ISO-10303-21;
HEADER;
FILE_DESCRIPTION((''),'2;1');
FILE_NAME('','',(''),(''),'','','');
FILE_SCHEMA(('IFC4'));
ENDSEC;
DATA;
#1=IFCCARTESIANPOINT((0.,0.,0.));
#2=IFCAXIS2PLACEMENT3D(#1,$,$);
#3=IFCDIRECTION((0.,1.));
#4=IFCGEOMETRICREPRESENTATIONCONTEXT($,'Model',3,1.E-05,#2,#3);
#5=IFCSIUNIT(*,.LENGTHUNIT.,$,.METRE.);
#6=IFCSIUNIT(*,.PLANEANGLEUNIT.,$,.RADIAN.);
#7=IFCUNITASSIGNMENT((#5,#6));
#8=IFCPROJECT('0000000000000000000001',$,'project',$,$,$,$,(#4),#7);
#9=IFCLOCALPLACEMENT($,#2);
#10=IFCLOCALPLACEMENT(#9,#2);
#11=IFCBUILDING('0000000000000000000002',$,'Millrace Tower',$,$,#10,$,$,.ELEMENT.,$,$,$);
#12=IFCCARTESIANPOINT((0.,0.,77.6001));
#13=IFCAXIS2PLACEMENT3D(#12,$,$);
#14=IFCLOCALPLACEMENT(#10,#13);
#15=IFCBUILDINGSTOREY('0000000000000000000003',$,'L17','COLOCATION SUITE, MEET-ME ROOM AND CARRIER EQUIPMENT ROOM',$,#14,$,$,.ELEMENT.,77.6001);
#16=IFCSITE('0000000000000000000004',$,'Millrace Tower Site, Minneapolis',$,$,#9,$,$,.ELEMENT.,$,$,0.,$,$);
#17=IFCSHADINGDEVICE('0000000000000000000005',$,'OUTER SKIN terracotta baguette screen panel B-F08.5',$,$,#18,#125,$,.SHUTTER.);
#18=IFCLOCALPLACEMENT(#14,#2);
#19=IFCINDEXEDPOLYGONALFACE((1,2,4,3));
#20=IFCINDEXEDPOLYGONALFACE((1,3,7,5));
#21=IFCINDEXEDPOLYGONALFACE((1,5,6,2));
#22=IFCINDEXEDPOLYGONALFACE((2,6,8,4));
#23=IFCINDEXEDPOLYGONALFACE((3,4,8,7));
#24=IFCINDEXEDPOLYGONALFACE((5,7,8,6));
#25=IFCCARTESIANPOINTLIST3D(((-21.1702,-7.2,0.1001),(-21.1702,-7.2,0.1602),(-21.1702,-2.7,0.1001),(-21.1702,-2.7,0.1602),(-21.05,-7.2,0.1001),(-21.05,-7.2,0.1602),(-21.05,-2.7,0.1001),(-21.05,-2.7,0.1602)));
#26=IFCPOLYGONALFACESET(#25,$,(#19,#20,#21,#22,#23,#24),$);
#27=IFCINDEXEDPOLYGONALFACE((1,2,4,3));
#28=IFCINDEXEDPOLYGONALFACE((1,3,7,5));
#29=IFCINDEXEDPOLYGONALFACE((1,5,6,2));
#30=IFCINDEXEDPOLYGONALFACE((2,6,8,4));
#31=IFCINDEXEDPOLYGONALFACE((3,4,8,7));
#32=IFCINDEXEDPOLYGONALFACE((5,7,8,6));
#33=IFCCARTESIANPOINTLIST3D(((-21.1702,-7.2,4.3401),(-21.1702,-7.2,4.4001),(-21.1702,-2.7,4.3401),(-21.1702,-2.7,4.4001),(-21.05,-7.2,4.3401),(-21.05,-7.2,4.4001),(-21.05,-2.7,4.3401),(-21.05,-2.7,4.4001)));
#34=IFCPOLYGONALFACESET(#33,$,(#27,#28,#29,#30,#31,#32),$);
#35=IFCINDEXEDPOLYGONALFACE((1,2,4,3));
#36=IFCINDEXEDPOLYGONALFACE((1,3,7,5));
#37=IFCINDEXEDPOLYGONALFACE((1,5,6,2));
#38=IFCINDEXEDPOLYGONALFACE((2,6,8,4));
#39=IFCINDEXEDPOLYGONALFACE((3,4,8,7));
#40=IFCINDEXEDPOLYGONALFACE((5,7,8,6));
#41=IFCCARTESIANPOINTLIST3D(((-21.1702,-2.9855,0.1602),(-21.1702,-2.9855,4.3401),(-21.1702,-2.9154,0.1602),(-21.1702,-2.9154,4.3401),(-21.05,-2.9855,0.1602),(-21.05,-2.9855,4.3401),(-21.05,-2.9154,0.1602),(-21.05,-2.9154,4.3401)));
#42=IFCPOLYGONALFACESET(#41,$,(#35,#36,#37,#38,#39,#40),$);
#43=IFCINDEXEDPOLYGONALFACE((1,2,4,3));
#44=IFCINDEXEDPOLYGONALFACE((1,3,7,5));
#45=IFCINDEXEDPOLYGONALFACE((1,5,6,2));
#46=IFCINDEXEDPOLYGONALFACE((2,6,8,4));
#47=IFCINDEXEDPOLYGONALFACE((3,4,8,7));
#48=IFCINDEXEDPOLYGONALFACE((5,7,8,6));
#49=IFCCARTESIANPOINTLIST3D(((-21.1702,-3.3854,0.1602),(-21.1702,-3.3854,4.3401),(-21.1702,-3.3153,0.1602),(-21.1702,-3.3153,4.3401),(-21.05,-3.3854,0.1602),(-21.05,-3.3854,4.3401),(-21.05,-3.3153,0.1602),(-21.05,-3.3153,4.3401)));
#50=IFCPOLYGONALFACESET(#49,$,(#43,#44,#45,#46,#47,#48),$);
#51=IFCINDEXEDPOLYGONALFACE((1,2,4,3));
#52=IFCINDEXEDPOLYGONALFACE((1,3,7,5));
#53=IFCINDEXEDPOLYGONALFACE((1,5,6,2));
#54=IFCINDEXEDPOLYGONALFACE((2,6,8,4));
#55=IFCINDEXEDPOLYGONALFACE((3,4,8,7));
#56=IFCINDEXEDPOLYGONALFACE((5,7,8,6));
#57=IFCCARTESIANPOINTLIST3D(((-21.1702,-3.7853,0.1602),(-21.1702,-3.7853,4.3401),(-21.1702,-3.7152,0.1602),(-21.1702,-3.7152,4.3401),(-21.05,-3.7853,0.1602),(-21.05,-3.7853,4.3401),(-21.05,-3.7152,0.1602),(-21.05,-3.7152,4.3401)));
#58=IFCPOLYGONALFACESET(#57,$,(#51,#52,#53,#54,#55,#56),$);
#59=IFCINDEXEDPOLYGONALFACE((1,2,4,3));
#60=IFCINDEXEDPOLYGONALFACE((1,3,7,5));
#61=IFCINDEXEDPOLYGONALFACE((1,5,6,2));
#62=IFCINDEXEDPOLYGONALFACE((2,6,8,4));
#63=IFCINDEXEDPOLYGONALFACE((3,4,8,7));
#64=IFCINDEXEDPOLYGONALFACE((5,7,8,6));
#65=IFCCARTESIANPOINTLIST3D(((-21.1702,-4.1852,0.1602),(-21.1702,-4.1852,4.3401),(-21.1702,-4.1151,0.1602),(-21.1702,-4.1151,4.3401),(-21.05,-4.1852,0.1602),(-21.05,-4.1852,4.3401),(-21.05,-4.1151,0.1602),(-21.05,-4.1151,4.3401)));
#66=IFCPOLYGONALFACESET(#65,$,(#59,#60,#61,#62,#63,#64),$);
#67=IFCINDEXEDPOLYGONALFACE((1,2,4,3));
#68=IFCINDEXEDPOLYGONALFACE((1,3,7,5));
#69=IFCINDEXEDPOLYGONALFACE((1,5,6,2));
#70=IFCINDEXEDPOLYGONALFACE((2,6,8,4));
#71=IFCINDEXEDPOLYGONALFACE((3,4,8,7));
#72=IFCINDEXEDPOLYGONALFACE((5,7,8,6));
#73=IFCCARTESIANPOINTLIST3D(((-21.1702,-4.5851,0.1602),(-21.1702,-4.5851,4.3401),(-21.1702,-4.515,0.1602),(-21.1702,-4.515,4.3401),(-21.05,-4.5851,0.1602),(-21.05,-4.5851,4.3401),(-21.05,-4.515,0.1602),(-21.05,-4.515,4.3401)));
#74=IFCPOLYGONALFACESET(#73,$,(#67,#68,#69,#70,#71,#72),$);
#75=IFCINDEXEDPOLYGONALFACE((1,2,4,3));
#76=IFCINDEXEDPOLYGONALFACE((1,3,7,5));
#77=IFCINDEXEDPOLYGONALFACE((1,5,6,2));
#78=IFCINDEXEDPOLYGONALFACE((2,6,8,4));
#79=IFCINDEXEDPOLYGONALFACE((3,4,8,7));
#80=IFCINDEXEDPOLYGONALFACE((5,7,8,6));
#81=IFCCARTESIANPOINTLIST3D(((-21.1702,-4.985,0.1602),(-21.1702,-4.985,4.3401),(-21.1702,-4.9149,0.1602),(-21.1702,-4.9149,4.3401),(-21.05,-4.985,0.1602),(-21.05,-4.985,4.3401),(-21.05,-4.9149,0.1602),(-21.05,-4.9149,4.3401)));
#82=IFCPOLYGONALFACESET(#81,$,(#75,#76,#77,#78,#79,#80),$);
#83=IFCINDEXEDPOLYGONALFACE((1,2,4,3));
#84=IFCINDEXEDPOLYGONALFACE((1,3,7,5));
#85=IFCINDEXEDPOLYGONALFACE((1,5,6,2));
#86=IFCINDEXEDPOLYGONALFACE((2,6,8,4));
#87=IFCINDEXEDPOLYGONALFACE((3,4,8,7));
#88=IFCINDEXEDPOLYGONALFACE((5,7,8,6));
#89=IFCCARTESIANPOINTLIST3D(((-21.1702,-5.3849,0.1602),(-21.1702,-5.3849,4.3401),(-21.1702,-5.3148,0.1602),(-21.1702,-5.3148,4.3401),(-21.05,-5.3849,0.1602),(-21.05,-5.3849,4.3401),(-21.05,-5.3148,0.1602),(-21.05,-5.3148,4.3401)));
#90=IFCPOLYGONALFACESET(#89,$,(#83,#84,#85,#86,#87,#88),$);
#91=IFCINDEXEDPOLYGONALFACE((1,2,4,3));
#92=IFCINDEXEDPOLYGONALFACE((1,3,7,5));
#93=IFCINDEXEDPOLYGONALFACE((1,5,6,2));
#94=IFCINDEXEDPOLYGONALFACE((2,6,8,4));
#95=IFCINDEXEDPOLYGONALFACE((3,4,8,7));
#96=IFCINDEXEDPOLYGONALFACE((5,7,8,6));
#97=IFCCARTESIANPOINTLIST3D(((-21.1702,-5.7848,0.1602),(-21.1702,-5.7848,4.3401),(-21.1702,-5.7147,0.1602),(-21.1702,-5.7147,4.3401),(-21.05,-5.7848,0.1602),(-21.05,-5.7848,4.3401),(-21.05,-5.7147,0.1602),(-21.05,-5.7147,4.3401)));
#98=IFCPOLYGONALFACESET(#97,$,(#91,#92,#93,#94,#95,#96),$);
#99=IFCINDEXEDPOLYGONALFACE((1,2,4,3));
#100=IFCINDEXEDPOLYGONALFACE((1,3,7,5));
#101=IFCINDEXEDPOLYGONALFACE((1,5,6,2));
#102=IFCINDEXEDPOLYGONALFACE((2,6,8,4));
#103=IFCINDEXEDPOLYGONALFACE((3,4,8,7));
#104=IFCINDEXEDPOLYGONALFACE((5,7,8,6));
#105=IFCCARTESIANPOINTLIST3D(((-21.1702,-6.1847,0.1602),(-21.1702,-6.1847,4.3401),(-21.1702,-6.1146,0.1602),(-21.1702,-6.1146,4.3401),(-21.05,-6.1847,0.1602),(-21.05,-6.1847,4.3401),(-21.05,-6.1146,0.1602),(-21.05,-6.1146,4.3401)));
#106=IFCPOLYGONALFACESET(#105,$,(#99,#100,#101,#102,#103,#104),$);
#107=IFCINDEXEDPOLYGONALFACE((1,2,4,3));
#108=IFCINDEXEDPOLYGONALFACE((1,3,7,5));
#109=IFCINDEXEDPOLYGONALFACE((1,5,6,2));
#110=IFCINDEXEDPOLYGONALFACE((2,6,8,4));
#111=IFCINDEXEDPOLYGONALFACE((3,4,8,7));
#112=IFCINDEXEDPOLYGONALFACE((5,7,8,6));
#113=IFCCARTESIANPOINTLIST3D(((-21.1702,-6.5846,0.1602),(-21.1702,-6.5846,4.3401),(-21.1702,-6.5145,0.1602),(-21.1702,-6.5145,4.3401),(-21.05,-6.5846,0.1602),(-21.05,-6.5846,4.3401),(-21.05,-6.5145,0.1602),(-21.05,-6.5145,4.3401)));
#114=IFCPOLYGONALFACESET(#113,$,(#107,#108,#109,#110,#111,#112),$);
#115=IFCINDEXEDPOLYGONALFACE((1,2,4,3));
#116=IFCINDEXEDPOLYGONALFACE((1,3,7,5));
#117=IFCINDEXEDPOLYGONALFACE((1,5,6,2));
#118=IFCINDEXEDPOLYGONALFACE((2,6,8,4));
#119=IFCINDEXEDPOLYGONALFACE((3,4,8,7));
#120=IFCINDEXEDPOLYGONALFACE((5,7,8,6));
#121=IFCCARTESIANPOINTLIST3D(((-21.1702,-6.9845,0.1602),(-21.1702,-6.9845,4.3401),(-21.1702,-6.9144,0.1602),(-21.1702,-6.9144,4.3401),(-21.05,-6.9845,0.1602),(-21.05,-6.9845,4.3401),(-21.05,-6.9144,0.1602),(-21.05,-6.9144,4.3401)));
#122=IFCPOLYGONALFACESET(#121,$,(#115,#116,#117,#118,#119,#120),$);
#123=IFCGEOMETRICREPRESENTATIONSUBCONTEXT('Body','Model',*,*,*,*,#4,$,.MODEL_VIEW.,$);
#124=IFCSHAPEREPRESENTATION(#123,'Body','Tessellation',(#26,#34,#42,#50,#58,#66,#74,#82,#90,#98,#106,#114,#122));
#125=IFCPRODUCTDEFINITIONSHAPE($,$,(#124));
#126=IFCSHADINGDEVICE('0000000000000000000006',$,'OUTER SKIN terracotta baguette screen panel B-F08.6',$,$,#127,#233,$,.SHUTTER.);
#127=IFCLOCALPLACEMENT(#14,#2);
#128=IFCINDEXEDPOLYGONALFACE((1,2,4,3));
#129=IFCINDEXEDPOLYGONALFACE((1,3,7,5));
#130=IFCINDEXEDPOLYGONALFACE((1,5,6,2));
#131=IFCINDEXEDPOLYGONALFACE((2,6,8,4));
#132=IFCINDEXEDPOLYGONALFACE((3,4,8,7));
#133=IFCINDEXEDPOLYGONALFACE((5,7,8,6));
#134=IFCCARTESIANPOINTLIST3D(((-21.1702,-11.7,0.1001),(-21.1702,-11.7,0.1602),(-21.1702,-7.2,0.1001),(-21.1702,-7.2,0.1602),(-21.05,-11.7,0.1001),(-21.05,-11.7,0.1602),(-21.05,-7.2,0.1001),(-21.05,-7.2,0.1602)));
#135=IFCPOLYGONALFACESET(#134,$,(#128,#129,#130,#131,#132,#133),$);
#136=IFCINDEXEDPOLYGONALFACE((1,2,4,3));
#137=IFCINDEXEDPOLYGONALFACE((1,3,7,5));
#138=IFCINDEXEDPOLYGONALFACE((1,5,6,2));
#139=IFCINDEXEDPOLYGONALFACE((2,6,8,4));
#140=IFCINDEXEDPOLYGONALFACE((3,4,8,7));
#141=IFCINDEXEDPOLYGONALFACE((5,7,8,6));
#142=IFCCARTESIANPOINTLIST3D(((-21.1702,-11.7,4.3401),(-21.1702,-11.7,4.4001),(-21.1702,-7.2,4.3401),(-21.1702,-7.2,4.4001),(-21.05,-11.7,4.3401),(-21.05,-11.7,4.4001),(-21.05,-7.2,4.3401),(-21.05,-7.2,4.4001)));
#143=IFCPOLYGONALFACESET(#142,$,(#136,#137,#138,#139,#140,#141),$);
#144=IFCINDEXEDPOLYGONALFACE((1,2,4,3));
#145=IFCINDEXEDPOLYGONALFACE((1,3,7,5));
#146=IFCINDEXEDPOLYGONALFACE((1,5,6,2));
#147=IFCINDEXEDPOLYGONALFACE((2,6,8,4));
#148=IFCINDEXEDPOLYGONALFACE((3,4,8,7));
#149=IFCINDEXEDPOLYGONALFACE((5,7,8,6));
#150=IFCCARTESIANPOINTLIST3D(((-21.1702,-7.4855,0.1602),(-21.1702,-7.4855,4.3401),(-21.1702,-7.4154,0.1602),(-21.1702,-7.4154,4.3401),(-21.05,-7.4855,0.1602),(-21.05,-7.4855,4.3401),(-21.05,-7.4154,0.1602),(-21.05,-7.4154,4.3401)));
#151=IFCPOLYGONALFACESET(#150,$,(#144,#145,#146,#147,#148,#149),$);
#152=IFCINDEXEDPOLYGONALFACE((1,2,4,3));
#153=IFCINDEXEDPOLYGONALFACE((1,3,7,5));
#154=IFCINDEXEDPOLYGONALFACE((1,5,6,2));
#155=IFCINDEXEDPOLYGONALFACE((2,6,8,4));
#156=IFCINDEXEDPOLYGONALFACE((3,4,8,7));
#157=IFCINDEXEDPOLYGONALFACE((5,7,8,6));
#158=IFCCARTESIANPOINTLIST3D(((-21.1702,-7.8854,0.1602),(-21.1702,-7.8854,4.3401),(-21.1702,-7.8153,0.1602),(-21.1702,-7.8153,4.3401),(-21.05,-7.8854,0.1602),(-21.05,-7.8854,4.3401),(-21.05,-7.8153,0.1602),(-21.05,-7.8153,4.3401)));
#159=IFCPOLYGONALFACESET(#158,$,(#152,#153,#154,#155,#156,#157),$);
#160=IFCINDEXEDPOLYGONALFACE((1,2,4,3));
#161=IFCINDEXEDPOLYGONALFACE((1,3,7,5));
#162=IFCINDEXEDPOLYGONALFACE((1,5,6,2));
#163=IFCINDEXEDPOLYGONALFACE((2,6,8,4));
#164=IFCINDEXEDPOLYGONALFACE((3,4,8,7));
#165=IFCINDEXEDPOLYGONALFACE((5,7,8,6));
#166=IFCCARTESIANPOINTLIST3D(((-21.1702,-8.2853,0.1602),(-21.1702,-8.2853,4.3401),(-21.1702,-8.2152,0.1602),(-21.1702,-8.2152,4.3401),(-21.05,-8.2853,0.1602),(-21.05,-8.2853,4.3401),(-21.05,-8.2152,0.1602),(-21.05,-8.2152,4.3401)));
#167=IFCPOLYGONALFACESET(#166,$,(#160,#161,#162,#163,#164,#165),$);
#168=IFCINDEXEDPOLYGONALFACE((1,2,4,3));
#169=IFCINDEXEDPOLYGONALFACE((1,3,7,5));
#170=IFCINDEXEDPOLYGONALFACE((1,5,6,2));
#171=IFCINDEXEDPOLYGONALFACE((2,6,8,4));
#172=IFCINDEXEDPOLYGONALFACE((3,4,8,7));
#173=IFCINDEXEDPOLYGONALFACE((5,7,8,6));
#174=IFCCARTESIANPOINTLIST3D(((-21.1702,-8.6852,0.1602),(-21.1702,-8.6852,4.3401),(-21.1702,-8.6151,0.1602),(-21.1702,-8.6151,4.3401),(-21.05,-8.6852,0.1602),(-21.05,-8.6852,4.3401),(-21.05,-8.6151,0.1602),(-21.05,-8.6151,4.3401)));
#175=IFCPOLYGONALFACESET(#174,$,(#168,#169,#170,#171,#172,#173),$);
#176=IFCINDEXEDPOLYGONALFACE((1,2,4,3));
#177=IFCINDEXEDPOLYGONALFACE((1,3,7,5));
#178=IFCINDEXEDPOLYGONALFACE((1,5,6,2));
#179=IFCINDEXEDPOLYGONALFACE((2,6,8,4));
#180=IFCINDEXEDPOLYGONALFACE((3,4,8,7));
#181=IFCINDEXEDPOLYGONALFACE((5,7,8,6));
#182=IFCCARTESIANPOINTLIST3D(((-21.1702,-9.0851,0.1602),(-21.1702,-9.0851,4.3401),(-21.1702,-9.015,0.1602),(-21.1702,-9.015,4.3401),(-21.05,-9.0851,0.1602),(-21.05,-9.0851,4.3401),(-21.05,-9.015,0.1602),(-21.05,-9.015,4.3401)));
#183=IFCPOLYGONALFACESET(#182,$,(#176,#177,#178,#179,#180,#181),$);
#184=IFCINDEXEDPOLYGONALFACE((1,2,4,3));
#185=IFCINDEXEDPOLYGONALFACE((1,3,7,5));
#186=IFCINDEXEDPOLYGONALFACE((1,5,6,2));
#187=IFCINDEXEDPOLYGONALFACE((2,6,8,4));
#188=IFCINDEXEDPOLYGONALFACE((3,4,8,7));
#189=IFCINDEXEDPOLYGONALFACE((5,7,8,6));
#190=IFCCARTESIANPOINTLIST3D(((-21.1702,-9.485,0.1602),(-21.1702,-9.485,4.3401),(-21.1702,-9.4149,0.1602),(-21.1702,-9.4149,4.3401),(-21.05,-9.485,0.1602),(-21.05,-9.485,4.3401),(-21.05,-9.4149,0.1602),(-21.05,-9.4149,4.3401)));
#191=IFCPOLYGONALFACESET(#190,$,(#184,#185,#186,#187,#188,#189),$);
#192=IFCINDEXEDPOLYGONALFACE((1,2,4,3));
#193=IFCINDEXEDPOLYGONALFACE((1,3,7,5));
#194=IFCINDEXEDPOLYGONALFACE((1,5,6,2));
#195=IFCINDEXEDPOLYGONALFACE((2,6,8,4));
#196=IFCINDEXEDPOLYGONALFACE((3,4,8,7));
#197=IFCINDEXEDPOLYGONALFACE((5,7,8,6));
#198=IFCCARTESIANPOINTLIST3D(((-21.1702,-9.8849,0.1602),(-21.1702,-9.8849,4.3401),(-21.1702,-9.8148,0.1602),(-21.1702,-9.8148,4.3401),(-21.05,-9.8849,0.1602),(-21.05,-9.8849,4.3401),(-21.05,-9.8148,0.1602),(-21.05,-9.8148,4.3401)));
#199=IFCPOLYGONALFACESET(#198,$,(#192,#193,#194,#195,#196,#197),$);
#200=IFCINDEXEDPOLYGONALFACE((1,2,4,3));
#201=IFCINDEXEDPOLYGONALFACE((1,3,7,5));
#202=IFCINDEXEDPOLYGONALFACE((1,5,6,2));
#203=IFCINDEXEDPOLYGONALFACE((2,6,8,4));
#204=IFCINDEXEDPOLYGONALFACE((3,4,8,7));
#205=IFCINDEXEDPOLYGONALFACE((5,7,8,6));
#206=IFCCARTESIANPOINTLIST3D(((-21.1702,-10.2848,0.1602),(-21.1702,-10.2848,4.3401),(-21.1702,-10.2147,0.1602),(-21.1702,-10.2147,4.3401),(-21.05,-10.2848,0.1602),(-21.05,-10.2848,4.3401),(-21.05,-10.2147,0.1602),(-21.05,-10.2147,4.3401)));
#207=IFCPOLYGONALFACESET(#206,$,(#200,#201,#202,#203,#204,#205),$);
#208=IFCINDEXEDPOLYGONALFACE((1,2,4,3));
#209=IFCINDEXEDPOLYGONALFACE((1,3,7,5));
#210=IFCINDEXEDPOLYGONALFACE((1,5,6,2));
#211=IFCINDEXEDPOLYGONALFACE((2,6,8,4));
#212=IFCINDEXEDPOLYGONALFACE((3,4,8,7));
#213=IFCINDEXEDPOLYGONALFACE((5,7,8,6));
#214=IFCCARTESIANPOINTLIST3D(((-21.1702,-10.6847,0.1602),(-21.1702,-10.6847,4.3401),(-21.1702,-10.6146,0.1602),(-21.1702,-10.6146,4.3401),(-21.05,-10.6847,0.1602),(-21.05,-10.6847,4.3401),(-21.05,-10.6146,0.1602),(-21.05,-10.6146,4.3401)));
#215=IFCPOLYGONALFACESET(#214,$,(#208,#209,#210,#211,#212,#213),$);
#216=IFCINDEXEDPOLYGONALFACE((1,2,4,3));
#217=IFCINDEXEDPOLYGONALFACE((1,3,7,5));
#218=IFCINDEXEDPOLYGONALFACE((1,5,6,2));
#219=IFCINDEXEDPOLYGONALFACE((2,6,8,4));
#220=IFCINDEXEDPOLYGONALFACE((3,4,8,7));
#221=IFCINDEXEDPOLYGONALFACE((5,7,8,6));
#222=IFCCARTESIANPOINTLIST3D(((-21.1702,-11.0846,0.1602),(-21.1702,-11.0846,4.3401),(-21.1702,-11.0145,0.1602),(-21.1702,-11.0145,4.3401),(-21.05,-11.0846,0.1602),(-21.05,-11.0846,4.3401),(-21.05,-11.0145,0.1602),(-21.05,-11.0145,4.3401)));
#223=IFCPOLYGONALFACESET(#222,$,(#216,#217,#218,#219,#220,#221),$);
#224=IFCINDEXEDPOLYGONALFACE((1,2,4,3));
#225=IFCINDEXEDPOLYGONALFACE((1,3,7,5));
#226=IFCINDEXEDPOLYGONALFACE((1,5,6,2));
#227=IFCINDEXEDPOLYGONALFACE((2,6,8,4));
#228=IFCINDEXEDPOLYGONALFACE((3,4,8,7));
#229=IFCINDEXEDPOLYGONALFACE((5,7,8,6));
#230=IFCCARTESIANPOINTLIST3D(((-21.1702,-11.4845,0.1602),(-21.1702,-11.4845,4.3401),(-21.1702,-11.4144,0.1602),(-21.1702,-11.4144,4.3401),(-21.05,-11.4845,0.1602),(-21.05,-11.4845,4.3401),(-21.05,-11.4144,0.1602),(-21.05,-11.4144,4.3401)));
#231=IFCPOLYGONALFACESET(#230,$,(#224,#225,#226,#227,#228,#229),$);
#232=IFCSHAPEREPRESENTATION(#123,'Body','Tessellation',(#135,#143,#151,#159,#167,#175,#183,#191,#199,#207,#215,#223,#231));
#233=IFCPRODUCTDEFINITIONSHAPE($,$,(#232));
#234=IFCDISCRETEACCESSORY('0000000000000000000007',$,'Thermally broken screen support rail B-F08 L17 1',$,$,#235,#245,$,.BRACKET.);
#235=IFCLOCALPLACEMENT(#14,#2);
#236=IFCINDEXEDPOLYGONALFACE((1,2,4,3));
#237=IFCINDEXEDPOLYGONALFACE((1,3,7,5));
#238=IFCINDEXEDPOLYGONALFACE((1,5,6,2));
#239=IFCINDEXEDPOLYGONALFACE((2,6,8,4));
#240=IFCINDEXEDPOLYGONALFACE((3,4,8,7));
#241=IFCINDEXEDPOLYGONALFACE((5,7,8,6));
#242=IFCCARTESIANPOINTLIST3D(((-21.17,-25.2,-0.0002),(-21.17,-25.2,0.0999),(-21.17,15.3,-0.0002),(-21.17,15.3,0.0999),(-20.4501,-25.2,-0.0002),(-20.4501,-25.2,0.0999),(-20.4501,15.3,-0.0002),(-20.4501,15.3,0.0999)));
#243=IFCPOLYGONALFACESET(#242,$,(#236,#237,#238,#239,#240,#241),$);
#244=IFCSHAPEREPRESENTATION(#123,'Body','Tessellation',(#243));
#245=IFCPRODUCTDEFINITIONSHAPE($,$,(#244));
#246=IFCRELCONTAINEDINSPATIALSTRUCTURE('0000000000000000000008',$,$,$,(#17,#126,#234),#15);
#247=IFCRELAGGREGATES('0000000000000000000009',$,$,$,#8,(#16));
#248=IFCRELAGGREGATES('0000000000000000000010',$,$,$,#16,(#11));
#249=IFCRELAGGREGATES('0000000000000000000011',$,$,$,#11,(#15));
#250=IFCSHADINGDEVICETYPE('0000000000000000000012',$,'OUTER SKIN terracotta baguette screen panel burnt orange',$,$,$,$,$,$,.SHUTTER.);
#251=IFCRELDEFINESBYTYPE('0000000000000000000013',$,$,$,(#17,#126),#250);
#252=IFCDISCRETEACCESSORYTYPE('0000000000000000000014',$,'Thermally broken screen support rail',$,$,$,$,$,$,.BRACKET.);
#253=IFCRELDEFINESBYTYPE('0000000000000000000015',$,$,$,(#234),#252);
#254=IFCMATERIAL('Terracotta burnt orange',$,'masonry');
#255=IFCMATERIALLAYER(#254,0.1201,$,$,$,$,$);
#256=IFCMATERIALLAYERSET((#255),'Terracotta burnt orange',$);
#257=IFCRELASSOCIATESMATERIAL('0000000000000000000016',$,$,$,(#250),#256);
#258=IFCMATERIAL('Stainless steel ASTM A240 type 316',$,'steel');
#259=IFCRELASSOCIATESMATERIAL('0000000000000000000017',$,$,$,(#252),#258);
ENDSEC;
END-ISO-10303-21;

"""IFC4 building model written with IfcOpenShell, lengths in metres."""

from ifc_helpers import new_model, entity, si_unit, direction, frame, frame_2d, origin, origin_2d, place, context, subcontext, project, spatial, rectangle, extrude, source, transform, mapped, material, layer, layer_set, type_object, element, save


model = new_model("IFC4")

# Units and contexts
model_context = context("Model", 3, precision=1e-05, world=origin(), true_north=direction((0.0, 1.0)))
body_context = subcontext(model_context, "Body", "Model", "MODEL_VIEW")
ifc_project = project(units=[si_unit("LENGTHUNIT", "METRE"), si_unit("PLANEANGLEUNIT", "RADIAN")], contexts=[model_context])

# Site, building, storey
site_placement = place(None, origin())
site = spatial("IfcSite", under=ifc_project, at=site_placement, Name="Millrace Tower Site, Minneapolis", CompositionType="ELEMENT", RefElevation=0.0)
building_placement = place(site_placement, origin())
building = spatial("IfcBuilding", under=site, at=building_placement, Name="Millrace Tower", CompositionType="ELEMENT")
storey_placement = place(building_placement, frame((0.0, 0.0, 77.6001)))
storey = spatial("IfcBuildingStorey", under=building, at=storey_placement, Name="L17", Description="COLOCATION SUITE, MEET-ME ROOM AND CARRIER EQUIPMENT ROOM", CompositionType="ELEMENT", Elevation=77.6001)

# Shading devices
ifc_material_1 = material(Name="Terracotta burnt orange", Category="masonry")
ifc_layer_1 = layer(ifc_material_1, 0.1201)
ifc_layer_set_1 = layer_set([ifc_layer_1], Name="Terracotta burnt orange")
shading_device_type = type_object("IfcShadingDeviceType", Name="OUTER SKIN terracotta baguette screen panel burnt orange", PredefinedType="SHUTTER", material=ifc_layer_set_1)
cartesian_point = entity("IfcCartesianPoint", [-2.25, 0.0601])
shared_polyline = entity("IfcPolyline", [cartesian_point, entity("IfcCartesianPoint", [2.25, 0.0601]), entity("IfcCartesianPoint", [2.25, -0.0601]), entity("IfcCartesianPoint", [-2.25, -0.0601]), cartesian_point])
shared_shape = source(origin(), body_context, "Body", "SweptSolid", [
    entity("IfcExtrudedAreaSolid", entity("IfcArbitraryClosedProfileDef", "AREA", None, shared_polyline), entity("IfcAxis2Placement3D", entity("IfcCartesianPoint", [0.0, 0.0, 0.0])), entity("IfcDirection", [0.0, 0.0, 1.0]), 0.0601),
    entity("IfcExtrudedAreaSolid", entity("IfcArbitraryClosedProfileDef", "AREA", None, shared_polyline), entity("IfcAxis2Placement3D", entity("IfcCartesianPoint", [0.0, 0.0, 4.24])), entity("IfcDirection", [0.0, 0.0, 1.0]), 0.0601),
    extrude(rectangle(XDim=0.0701, YDim=0.1201, at=frame_2d((-1.9995, 0.0))), frame((0.0, 0.0, 0.0601)), (0.0, 0.0, 1.0), 4.1799),
    extrude(rectangle(XDim=0.0701, YDim=0.1201, at=frame_2d((-1.5996, 0.0))), frame((0.0, 0.0, 0.0601)), (0.0, 0.0, 1.0), 4.1799),
    extrude(rectangle(XDim=0.0701, YDim=0.1201, at=frame_2d((-1.1997, 0.0))), frame((0.0, 0.0, 0.0601)), (0.0, 0.0, 1.0), 4.1799),
    extrude(rectangle(XDim=0.0701, YDim=0.1201, at=frame_2d((-0.7998, 0.0))), frame((0.0, 0.0, 0.0601)), (0.0, 0.0, 1.0), 4.1799),
    extrude(rectangle(XDim=0.0701, YDim=0.1201, at=frame_2d((-0.3999, 0.0))), frame((0.0, 0.0, 0.0601)), (0.0, 0.0, 1.0), 4.1799),
    extrude(rectangle(XDim=0.0701, YDim=0.1201, at=origin_2d()), frame((0.0, 0.0, 0.0601)), (0.0, 0.0, 1.0), 4.1799),
    extrude(rectangle(XDim=0.0701, YDim=0.1201, at=frame_2d((0.3999, 0.0))), frame((0.0, 0.0, 0.0601)), (0.0, 0.0, 1.0), 4.1799),
    extrude(rectangle(XDim=0.0701, YDim=0.1201, at=frame_2d((0.7998, 0.0))), frame((0.0, 0.0, 0.0601)), (0.0, 0.0, 1.0), 4.1799),
    extrude(rectangle(XDim=0.0701, YDim=0.1201, at=frame_2d((1.1997, 0.0))), frame((0.0, 0.0, 0.0601)), (0.0, 0.0, 1.0), 4.1799),
    extrude(rectangle(XDim=0.0701, YDim=0.1201, at=frame_2d((1.5996, 0.0))), frame((0.0, 0.0, 0.0601)), (0.0, 0.0, 1.0), 4.1799),
    extrude(rectangle(XDim=0.0701, YDim=0.1201, at=frame_2d((1.9995, 0.0))), frame((0.0, 0.0, 0.0601)), (0.0, 0.0, 1.0), 4.1799),
])
for number, where, z_axis, x_axis, name in (
    (1, (-21.1101, -4.95, 0.1001), (0.0, 0.0, 1.0), (0.0, -1.0, 0.0), "OUTER SKIN terracotta baguette screen panel B-F08.5"),
    (2, (-21.1101, -9.45, 0.1001), (0.0, 0.0, 1.0), (0.0, -1.0, 0.0), "OUTER SKIN terracotta baguette screen panel B-F08.6"),
):
    element("IfcShadingDevice", number, at=place(storey_placement, frame(where, z_axis=z_axis, x_axis=x_axis)), inside=storey, type_object=shading_device_type, Name=name, PredefinedType="SHUTTER", context=body_context, shape_type="MappedRepresentation", body=[
        mapped(shared_shape, transform((0.0, 0.0, 0.0), scale=1.0)),
    ])

# Discrete accessory
ifc_material_2 = material(Name="Stainless steel ASTM A240 type 316", Category="steel")
discrete_accessory_type = type_object("IfcDiscreteAccessoryType", Name="Thermally broken screen support rail", PredefinedType="BRACKET", material=ifc_material_2)
discrete_accessory_placement = place(storey_placement, frame((-20.8101, -4.95, -0.0002), z_axis=(0.0, 0.0, 1.0), x_axis=(0.0, -1.0, 0.0)))
element("IfcDiscreteAccessory", 3, at=discrete_accessory_placement, inside=storey, type_object=discrete_accessory_type, Name="Thermally broken screen support rail B-F08 L17 1", PredefinedType="BRACKET", context=body_context, shape_type="SweptSolid", body=[
    extrude(rectangle(XDim=40.5, YDim=0.72, at=origin_2d()), origin(), (0.0, 0.0, 1.0), 0.1001),
])

save(model, "model.ifc")
